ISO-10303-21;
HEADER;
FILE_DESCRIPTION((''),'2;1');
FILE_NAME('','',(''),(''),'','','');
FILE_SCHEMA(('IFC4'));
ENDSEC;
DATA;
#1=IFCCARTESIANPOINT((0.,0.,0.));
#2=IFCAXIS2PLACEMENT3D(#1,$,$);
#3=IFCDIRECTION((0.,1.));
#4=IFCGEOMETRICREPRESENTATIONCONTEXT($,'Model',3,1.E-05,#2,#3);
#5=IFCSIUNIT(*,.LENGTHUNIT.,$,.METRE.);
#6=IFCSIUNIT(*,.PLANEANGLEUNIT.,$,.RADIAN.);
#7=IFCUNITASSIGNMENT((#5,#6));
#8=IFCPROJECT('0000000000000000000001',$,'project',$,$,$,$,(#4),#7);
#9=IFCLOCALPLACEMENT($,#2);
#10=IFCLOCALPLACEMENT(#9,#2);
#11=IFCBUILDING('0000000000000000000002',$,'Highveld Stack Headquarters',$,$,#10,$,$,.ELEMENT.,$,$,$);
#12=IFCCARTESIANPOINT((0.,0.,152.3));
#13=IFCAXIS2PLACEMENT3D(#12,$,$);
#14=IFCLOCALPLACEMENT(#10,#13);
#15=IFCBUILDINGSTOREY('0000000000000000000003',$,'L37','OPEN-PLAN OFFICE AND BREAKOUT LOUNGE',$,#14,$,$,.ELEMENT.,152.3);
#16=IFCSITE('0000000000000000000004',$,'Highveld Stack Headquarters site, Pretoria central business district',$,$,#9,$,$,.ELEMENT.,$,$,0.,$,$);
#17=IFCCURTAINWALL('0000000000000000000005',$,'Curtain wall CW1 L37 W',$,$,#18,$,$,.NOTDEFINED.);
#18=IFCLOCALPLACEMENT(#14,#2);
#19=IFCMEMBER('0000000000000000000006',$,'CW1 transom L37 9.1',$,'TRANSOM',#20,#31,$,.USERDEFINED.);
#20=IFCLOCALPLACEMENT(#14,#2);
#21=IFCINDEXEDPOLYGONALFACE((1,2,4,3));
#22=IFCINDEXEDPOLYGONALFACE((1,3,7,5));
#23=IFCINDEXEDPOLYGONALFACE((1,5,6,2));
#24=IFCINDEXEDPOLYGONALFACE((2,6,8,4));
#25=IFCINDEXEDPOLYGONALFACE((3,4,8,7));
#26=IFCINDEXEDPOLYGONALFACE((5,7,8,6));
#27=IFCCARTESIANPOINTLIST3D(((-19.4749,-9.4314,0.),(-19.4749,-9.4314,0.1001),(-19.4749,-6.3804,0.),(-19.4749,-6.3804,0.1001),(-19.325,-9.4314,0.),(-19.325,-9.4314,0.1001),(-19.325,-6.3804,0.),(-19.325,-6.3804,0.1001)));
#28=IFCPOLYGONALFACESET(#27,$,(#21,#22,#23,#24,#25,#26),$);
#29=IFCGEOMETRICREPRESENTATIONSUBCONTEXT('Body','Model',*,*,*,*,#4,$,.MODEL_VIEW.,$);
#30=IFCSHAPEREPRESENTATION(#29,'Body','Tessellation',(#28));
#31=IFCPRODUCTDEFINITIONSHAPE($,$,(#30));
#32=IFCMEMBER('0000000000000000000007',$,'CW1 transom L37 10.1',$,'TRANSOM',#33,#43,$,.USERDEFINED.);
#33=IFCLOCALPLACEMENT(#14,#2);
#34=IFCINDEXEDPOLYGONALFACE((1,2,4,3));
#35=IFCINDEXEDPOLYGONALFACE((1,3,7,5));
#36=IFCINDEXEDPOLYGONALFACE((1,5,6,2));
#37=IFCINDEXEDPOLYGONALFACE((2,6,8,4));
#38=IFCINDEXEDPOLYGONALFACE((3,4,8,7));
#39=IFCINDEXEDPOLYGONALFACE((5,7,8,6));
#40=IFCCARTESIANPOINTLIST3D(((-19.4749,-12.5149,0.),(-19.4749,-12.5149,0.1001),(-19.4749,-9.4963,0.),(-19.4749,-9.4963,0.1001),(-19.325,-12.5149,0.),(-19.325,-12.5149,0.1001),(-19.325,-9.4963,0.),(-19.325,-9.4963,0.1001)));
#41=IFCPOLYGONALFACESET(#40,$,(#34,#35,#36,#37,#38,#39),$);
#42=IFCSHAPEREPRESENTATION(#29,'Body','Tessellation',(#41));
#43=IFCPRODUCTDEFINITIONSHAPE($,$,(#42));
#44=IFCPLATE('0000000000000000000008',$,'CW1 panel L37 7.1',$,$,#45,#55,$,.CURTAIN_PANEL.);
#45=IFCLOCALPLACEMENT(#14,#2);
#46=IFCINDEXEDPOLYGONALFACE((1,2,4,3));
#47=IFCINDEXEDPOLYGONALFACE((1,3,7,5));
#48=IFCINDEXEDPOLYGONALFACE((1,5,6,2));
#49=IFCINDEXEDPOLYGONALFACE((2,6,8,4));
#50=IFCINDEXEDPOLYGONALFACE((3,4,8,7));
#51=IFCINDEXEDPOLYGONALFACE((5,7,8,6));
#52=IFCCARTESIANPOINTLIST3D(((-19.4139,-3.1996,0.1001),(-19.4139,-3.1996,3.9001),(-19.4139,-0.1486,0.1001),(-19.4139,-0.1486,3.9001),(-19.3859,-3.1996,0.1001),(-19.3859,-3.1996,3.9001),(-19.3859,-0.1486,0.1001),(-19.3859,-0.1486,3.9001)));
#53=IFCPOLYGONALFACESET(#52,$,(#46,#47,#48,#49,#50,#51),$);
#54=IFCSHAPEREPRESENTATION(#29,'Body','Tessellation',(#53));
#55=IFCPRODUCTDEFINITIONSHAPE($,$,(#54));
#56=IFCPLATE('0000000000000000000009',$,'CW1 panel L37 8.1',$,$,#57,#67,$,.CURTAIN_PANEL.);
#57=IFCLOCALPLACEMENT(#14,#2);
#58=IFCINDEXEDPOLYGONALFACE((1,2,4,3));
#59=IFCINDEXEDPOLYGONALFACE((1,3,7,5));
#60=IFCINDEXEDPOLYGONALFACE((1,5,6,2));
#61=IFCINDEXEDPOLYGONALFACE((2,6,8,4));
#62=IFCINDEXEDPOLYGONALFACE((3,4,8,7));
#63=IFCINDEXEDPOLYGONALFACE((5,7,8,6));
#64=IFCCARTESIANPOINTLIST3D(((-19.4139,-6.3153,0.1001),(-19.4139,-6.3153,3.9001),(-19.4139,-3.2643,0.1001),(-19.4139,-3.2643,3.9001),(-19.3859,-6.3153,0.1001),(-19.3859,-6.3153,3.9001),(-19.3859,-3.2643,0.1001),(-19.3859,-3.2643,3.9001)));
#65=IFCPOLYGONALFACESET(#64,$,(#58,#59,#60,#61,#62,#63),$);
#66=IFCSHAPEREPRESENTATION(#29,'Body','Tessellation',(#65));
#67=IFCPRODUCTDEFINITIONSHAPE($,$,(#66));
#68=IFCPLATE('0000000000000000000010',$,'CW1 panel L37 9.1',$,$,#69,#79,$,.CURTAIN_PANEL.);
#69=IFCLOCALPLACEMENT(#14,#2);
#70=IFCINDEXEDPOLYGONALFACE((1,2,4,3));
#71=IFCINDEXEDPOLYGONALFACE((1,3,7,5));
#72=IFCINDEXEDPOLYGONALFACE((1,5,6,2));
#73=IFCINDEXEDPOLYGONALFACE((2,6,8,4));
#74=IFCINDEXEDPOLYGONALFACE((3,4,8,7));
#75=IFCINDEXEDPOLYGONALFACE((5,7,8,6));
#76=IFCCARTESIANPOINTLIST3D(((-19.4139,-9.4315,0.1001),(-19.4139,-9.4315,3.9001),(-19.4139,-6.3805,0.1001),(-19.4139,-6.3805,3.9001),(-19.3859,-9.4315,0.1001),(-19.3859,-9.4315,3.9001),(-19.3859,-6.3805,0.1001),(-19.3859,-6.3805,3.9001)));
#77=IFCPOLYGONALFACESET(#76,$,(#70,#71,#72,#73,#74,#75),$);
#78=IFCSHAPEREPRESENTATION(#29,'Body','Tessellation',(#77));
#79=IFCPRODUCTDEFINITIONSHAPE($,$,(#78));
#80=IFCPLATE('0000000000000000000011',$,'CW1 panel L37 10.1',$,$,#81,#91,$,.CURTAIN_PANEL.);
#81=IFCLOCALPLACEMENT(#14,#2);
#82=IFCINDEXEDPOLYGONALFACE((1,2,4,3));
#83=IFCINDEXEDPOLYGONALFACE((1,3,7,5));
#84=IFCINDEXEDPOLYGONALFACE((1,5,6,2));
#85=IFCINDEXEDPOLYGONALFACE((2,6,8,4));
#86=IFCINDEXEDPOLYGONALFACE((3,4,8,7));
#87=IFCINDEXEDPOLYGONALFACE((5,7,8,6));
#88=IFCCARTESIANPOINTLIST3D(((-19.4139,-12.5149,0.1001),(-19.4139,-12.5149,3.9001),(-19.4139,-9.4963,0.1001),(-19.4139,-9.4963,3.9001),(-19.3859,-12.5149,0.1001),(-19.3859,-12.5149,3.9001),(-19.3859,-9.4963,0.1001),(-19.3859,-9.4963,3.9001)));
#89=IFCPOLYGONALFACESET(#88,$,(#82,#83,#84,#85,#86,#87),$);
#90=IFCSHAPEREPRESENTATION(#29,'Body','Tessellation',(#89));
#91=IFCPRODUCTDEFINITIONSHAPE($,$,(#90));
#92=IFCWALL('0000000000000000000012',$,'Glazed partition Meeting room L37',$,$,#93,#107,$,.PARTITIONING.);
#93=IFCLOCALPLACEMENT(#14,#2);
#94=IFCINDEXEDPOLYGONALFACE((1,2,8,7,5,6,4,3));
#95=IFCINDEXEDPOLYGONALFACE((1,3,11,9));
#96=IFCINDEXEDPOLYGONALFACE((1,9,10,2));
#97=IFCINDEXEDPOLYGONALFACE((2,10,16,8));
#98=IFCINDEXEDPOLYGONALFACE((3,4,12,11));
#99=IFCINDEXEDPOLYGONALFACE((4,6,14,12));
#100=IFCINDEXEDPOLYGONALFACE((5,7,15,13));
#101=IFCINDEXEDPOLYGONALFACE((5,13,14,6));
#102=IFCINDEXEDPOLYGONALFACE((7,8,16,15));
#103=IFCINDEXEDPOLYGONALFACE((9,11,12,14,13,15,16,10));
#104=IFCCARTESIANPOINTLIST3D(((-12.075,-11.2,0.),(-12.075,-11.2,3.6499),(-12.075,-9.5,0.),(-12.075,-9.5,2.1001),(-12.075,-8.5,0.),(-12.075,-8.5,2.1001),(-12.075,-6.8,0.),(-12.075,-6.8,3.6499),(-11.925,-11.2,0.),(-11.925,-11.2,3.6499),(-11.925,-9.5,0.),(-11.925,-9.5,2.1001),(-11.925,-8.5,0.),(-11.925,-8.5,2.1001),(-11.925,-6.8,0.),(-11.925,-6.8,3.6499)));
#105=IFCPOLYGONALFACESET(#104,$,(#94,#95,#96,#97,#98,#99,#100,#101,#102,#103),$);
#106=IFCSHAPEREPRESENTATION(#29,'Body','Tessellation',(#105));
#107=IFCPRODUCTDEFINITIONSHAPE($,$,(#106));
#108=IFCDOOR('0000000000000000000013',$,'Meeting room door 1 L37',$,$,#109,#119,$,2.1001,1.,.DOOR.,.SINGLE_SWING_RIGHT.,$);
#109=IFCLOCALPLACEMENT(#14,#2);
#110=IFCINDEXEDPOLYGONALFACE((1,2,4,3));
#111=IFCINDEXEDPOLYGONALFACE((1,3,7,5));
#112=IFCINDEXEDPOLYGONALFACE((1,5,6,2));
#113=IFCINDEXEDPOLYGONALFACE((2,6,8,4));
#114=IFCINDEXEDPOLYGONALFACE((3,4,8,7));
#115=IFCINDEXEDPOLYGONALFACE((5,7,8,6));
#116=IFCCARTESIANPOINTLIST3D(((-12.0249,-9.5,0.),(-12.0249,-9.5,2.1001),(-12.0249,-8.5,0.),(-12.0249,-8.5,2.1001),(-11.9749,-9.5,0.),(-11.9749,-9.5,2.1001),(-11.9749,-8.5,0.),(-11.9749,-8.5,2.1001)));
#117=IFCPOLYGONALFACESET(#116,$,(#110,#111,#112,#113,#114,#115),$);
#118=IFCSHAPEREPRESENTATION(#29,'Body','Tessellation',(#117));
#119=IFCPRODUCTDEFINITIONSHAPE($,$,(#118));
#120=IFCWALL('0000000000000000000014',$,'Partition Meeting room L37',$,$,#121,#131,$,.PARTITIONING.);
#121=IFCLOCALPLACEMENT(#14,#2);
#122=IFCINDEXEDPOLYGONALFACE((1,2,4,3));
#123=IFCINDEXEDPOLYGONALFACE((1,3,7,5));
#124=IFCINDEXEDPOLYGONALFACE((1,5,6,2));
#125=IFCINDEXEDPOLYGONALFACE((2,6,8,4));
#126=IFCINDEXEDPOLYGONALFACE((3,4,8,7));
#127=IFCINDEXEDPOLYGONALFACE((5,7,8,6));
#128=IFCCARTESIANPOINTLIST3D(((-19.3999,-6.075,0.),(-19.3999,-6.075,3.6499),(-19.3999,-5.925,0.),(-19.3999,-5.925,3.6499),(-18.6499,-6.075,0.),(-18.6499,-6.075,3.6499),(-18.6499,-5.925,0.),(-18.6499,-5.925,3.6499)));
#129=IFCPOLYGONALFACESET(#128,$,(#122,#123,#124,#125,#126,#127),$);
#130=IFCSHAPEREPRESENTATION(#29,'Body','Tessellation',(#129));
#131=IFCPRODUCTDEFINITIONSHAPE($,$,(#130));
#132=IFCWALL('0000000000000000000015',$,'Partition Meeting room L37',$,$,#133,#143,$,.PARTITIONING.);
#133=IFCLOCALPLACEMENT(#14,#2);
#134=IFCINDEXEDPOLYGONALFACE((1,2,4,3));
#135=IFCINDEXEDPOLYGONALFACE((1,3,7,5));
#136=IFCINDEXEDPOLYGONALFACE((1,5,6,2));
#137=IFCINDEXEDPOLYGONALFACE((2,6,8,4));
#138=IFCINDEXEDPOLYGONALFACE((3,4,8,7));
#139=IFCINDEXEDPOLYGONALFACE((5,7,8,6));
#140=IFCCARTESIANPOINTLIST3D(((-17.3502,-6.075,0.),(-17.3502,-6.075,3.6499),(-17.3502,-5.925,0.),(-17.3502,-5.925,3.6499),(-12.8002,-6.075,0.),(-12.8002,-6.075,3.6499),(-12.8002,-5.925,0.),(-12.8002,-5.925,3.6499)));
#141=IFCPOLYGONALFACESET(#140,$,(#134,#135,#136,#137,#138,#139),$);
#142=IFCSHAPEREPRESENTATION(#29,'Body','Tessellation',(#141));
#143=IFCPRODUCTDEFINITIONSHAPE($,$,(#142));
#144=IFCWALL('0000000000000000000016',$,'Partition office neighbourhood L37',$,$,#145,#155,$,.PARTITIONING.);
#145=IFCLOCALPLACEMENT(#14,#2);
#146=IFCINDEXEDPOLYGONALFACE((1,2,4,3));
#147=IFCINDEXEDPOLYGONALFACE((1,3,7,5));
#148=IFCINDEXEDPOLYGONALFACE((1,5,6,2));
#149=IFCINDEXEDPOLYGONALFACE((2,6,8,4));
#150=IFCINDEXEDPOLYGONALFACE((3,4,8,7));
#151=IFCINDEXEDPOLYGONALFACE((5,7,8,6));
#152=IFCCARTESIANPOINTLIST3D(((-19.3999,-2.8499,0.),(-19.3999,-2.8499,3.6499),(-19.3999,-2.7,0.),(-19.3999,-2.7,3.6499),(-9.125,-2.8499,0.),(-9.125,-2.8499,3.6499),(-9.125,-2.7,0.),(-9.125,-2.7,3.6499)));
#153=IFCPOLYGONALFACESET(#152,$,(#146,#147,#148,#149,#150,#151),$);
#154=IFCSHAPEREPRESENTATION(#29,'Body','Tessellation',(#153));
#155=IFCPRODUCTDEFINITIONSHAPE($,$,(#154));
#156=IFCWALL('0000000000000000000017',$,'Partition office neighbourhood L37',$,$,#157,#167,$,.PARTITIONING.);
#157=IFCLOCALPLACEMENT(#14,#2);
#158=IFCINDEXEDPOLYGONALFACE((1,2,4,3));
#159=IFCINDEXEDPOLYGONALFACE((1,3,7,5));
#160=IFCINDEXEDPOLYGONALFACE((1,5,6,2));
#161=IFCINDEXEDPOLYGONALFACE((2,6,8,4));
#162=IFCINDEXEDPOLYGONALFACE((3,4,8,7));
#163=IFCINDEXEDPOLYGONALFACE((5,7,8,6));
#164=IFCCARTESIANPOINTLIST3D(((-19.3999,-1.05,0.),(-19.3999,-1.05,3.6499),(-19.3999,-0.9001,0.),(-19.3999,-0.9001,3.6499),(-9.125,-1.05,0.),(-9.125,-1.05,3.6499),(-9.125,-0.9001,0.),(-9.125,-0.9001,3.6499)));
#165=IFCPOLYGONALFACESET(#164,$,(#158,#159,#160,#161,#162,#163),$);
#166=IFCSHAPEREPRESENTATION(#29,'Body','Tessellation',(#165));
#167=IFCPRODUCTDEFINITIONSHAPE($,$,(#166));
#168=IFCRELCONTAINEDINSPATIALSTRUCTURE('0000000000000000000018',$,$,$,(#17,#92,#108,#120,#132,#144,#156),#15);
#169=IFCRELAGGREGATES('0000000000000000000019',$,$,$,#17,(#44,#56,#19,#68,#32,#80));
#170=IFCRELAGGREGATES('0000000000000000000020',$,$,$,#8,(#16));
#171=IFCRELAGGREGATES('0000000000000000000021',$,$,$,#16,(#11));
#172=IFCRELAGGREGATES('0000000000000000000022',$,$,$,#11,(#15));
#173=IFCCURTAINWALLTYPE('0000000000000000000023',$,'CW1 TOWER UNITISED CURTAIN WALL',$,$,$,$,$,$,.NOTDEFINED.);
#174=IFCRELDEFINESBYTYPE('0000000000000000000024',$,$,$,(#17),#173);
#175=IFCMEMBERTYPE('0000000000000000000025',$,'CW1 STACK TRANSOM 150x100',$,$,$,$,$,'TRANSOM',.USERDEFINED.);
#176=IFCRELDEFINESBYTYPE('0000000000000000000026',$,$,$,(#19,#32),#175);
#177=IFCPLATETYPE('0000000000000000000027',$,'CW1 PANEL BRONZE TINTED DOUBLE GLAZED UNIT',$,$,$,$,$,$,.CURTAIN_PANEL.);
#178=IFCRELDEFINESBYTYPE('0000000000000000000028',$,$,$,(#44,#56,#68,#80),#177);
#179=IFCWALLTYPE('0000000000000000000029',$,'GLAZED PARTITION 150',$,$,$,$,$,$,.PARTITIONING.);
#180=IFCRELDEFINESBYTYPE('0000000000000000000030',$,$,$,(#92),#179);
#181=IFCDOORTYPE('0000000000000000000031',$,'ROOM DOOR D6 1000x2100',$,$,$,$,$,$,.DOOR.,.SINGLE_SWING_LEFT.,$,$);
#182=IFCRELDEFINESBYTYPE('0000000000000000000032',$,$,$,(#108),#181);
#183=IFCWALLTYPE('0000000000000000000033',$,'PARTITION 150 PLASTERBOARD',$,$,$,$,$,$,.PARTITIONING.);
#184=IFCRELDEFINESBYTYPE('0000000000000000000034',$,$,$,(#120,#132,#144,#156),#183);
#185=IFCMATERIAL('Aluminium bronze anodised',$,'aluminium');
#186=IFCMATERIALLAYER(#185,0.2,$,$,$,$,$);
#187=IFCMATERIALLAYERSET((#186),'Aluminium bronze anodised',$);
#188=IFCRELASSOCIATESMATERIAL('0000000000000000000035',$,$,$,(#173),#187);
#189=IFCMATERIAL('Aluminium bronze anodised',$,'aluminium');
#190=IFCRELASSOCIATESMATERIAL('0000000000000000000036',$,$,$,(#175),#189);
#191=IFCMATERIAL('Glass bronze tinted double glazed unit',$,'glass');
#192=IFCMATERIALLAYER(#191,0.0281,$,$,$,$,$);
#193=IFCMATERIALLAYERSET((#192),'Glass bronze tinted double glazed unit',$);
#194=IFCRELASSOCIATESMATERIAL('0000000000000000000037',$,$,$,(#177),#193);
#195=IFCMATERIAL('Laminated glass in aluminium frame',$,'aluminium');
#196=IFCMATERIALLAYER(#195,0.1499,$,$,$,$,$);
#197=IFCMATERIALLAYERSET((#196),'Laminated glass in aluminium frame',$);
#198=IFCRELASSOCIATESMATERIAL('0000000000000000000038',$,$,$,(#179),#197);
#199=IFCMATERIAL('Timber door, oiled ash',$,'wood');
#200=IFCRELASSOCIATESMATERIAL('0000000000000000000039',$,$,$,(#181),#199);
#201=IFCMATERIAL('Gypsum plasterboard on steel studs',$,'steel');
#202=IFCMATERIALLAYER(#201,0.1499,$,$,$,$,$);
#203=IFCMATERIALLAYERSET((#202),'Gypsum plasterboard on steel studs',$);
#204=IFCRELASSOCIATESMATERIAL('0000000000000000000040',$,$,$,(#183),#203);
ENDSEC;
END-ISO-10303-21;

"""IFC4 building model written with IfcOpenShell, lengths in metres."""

from ifc_helpers import new_model, si_unit, direction, frame, frame_2d, origin, origin_2d, place, context, subcontext, project, spatial, rectangle, extrude, material, layer, layer_set, material_profile, profile_set, type_object, element, fill, aggregate, save


model = new_model("IFC4")

# Units and contexts
model_context = context("Model", 3, precision=1e-05, world=origin(), true_north=direction((0.0, 1.0)))
body_context = subcontext(model_context, "Body", "Model", "MODEL_VIEW")
ifc_project = project(units=[si_unit("LENGTHUNIT", "METRE"), si_unit("PLANEANGLEUNIT", "RADIAN")], contexts=[model_context])

# Site, building, storey
site_placement = place(None, origin())
site = spatial("IfcSite", under=ifc_project, at=site_placement, Name="Highveld Stack Headquarters site, Pretoria central business district", CompositionType="ELEMENT", RefElevation=0.0)
building_placement = place(site_placement, origin())
building = spatial("IfcBuilding", under=site, at=building_placement, Name="Highveld Stack Headquarters", CompositionType="ELEMENT")
storey_placement = place(building_placement, frame((0.0, 0.0, 152.3)))
storey = spatial("IfcBuildingStorey", under=building, at=storey_placement, Name="L37", Description="OPEN-PLAN OFFICE AND BREAKOUT LOUNGE", CompositionType="ELEMENT", Elevation=152.3)

# Curtain wall, members, plates
ifc_material_1 = material(Name="Aluminium bronze anodised", Category="aluminium")
ifc_layer_1 = layer(ifc_material_1, 0.2)
ifc_layer_set_1 = layer_set([ifc_layer_1], Name="Aluminium bronze anodised")
curtain_wall_type = type_object("IfcCurtainWallType", Name="CW1 TOWER UNITISED CURTAIN WALL", PredefinedType="NOTDEFINED", material=ifc_layer_set_1)
curtain_wall_placement = place(storey_placement, origin())
curtain_wall = element("IfcCurtainWall", 1, at=curtain_wall_placement, inside=storey, type_object=curtain_wall_type, Name="Curtain wall CW1 L37 W", PredefinedType="NOTDEFINED")
ifc_material_2 = material(Name="Aluminium bronze anodised", Category="aluminium")
ifc_material_profile_1 = material_profile(ifc_material_2, rectangle(XDim=0.1499, YDim=0.1001, at=origin_2d()), Name="CW1 TRANSOM 150x100")
ifc_profile_set_1 = profile_set([ifc_material_profile_1], Name="Aluminium bronze anodised")
member_type_1 = type_object("IfcMemberType", Name="CW1 STACK TRANSOM 150x100", ElementType="TRANSOM", PredefinedType="USERDEFINED", material=ifc_profile_set_1)
member_1_placement = place(storey_placement, frame((-19.3999, -6.3804, 0.05), z_axis=(0.0, -1.0, 0.0), x_axis=(1.0, 0.0, 0.0)))
member_1 = element("IfcMember", 2, at=member_1_placement, type_object=member_type_1, Name="CW1 transom L37 9.1", ObjectType="TRANSOM", PredefinedType="USERDEFINED", context=body_context, shape_type="SweptSolid", body=[
    extrude(rectangle(XDim=0.1499, YDim=0.1001, at=origin_2d()), origin(), (0.0, 0.0, 1.0), 3.051),
])
member_2_placement = place(storey_placement, frame((-19.3999, -9.4963, 0.05), z_axis=(0.0, -1.0, 0.0), x_axis=(1.0, 0.0, 0.0)))
member_2 = element("IfcMember", 3, at=member_2_placement, type_object=member_type_1, Name="CW1 transom L37 10.1", ObjectType="TRANSOM", PredefinedType="USERDEFINED", context=body_context, shape_type="SweptSolid", body=[
    extrude(rectangle(XDim=0.1499, YDim=0.1001, at=origin_2d()), origin(), (0.0, 0.0, 1.0), 3.0186),
])
ifc_material_3 = material(Name="Glass bronze tinted double glazed unit", Category="glass")
ifc_layer_2 = layer(ifc_material_3, 0.0281)
ifc_layer_set_2 = layer_set([ifc_layer_2], Name="Glass bronze tinted double glazed unit")
plate_type = type_object("IfcPlateType", Name="CW1 PANEL BRONZE TINTED DOUBLE GLAZED UNIT", PredefinedType="CURTAIN_PANEL", material=ifc_layer_set_2)
plate_1_placement = place(storey_placement, frame((-19.3999, -1.6741, 0.1001), z_axis=(0.0, 0.0, 1.0), x_axis=(0.0, -1.0, 0.0)))
plate_1 = element("IfcPlate", 4, at=plate_1_placement, type_object=plate_type, Name="CW1 panel L37 7.1", PredefinedType="CURTAIN_PANEL", context=body_context, shape_type="SweptSolid", body=[
    extrude(rectangle(XDim=3.051, YDim=0.0281, at=origin_2d()), origin(), (0.0, 0.0, 1.0), 3.8),
])
plate_2_placement = place(storey_placement, frame((-19.3999, -4.7898, 0.1001), z_axis=(0.0, 0.0, 1.0), x_axis=(0.0, -1.0, 0.0)))
plate_2 = element("IfcPlate", 5, at=plate_2_placement, type_object=plate_type, Name="CW1 panel L37 8.1", PredefinedType="CURTAIN_PANEL", context=body_context, shape_type="SweptSolid", body=[
    extrude(rectangle(XDim=3.051, YDim=0.0281, at=origin_2d()), origin(), (0.0, 0.0, 1.0), 3.8),
])
plate_3_placement = place(storey_placement, frame((-19.3999, -7.906, 0.1001), z_axis=(0.0, 0.0, 1.0), x_axis=(0.0, -1.0, 0.0)))
plate_3 = element("IfcPlate", 6, at=plate_3_placement, type_object=plate_type, Name="CW1 panel L37 9.1", PredefinedType="CURTAIN_PANEL", context=body_context, shape_type="SweptSolid", body=[
    extrude(rectangle(XDim=3.051, YDim=0.0281, at=origin_2d()), origin(), (0.0, 0.0, 1.0), 3.8),
])
plate_4_placement = place(storey_placement, frame((-19.3999, -11.0056, 0.1001), z_axis=(0.0, 0.0, 1.0), x_axis=(0.0, -1.0, 0.0)))
plate_4 = element("IfcPlate", 7, at=plate_4_placement, type_object=plate_type, Name="CW1 panel L37 10.1", PredefinedType="CURTAIN_PANEL", context=body_context, shape_type="SweptSolid", body=[
    extrude(rectangle(XDim=3.0186, YDim=0.0281, at=origin_2d()), origin(), (0.0, 0.0, 1.0), 3.8),
])
aggregate(curtain_wall, [plate_1, plate_2, member_1, plate_3, member_2, plate_4])

# Wall, opening, door
ifc_material_4 = material(Name="Laminated glass in aluminium frame", Category="aluminium")
ifc_layer_3 = layer(ifc_material_4, 0.1499)
ifc_layer_set_3 = layer_set([ifc_layer_3], Name="Laminated glass in aluminium frame")
wall_type_1 = type_object("IfcWallType", Name="GLAZED PARTITION 150", PredefinedType="PARTITIONING", material=ifc_layer_set_3)
wall_1_placement = place(storey_placement, frame((-12.0, -11.2, 0.0), z_axis=(0.0, 0.0, 1.0), x_axis=(0.0, 1.0, 0.0)))
wall_1 = element("IfcWall", 8, at=wall_1_placement, inside=storey, type_object=wall_type_1, Name="Glazed partition Meeting room L37", PredefinedType="PARTITIONING", context=body_context, shape_type="SweptSolid", body=[
    extrude(rectangle(XDim=4.3999, YDim=0.1499, at=frame_2d((2.2, 0.0))), origin(), (0.0, 0.0, 1.0), 3.6499),
])
opening_placement = place(wall_1_placement, frame((1.7, 0.0, 0.0)))
opening = element("IfcOpeningElement", 9, at=opening_placement, cuts=wall_1, PredefinedType="OPENING", context=body_context, shape_type="SweptSolid", body=[
    extrude(rectangle(XDim=1.0, YDim=2.1001, at=frame_2d((0.5, 1.05))), frame((0.0, 0.085, 0.0), z_axis=(0.0, -1.0, 0.0), x_axis=(1.0, 0.0, 0.0)), (0.0, 0.0, 1.0), 0.1699),
])
ifc_material_5 = material(Name="Timber door, oiled ash", Category="wood")
door_type = type_object("IfcDoorType", Name="ROOM DOOR D6 1000x2100", OperationType="SINGLE_SWING_LEFT", PredefinedType="DOOR", material=ifc_material_5)
door_placement = place(opening_placement, origin())
door = element("IfcDoor", 10, at=door_placement, inside=storey, type_object=door_type, Name="Meeting room door 1 L37", OperationType="SINGLE_SWING_RIGHT", OverallHeight=2.1001, OverallWidth=1.0, PredefinedType="DOOR", context=body_context, shape_type="SweptSolid", body=[
    extrude(rectangle(XDim=1.0, YDim=2.1001, at=frame_2d((0.5, 1.05))), frame((0.0, 0.0249, 0.0), z_axis=(0.0, -1.0, 0.0), x_axis=(1.0, 0.0, 0.0)), (0.0, 0.0, 1.0), 0.05),
])
fill(opening, door)

# Walls
ifc_material_6 = material(Name="Gypsum plasterboard on steel studs", Category="steel")
ifc_layer_4 = layer(ifc_material_6, 0.1499)
ifc_layer_set_4 = layer_set([ifc_layer_4], Name="Gypsum plasterboard on steel studs")
wall_type_2 = type_object("IfcWallType", Name="PARTITION 150 PLASTERBOARD", PredefinedType="PARTITIONING", material=ifc_layer_set_4)
wall_2_placement = place(storey_placement, frame((-19.3999, -6.0, 0.0), z_axis=(0.0, 0.0, 1.0), x_axis=(1.0, 0.0, 0.0)))
element("IfcWall", 11, at=wall_2_placement, inside=storey, type_object=wall_type_2, Name="Partition Meeting room L37", PredefinedType="PARTITIONING", context=body_context, shape_type="SweptSolid", body=[
    extrude(rectangle(XDim=0.75, YDim=0.1499, at=frame_2d((0.375, 0.0))), origin(), (0.0, 0.0, 1.0), 3.6499),
])
wall_3_placement = place(storey_placement, frame((-17.3501, -6.0, 0.0), z_axis=(0.0, 0.0, 1.0), x_axis=(1.0, 0.0, 0.0)))
element("IfcWall", 12, at=wall_3_placement, inside=storey, type_object=wall_type_2, Name="Partition Meeting room L37", PredefinedType="PARTITIONING", context=body_context, shape_type="SweptSolid", body=[
    extrude(rectangle(XDim=4.55, YDim=0.1499, at=frame_2d((2.2749, 0.0))), origin(), (0.0, 0.0, 1.0), 3.6499),
])
for number, where, z_axis, x_axis, name in (
    (13, (-19.3999, -2.7749, 0.0), (0.0, 0.0, 1.0), (1.0, 0.0, 0.0), "Partition office neighbourhood L37"),
    (14, (-19.3999, -0.9751, 0.0), (0.0, 0.0, 1.0), (1.0, 0.0, 0.0), "Partition office neighbourhood L37"),
):
    element("IfcWall", number, at=place(storey_placement, frame(where, z_axis=z_axis, x_axis=x_axis)), inside=storey, type_object=wall_type_2, Name=name, PredefinedType="PARTITIONING", context=body_context, shape_type="SweptSolid", body=[
        extrude(rectangle(XDim=10.2749, YDim=0.1499, at=frame_2d((5.1375, 0.0))), origin(), (0.0, 0.0, 1.0), 3.6499),
    ])

save(model, "model.ifc")
